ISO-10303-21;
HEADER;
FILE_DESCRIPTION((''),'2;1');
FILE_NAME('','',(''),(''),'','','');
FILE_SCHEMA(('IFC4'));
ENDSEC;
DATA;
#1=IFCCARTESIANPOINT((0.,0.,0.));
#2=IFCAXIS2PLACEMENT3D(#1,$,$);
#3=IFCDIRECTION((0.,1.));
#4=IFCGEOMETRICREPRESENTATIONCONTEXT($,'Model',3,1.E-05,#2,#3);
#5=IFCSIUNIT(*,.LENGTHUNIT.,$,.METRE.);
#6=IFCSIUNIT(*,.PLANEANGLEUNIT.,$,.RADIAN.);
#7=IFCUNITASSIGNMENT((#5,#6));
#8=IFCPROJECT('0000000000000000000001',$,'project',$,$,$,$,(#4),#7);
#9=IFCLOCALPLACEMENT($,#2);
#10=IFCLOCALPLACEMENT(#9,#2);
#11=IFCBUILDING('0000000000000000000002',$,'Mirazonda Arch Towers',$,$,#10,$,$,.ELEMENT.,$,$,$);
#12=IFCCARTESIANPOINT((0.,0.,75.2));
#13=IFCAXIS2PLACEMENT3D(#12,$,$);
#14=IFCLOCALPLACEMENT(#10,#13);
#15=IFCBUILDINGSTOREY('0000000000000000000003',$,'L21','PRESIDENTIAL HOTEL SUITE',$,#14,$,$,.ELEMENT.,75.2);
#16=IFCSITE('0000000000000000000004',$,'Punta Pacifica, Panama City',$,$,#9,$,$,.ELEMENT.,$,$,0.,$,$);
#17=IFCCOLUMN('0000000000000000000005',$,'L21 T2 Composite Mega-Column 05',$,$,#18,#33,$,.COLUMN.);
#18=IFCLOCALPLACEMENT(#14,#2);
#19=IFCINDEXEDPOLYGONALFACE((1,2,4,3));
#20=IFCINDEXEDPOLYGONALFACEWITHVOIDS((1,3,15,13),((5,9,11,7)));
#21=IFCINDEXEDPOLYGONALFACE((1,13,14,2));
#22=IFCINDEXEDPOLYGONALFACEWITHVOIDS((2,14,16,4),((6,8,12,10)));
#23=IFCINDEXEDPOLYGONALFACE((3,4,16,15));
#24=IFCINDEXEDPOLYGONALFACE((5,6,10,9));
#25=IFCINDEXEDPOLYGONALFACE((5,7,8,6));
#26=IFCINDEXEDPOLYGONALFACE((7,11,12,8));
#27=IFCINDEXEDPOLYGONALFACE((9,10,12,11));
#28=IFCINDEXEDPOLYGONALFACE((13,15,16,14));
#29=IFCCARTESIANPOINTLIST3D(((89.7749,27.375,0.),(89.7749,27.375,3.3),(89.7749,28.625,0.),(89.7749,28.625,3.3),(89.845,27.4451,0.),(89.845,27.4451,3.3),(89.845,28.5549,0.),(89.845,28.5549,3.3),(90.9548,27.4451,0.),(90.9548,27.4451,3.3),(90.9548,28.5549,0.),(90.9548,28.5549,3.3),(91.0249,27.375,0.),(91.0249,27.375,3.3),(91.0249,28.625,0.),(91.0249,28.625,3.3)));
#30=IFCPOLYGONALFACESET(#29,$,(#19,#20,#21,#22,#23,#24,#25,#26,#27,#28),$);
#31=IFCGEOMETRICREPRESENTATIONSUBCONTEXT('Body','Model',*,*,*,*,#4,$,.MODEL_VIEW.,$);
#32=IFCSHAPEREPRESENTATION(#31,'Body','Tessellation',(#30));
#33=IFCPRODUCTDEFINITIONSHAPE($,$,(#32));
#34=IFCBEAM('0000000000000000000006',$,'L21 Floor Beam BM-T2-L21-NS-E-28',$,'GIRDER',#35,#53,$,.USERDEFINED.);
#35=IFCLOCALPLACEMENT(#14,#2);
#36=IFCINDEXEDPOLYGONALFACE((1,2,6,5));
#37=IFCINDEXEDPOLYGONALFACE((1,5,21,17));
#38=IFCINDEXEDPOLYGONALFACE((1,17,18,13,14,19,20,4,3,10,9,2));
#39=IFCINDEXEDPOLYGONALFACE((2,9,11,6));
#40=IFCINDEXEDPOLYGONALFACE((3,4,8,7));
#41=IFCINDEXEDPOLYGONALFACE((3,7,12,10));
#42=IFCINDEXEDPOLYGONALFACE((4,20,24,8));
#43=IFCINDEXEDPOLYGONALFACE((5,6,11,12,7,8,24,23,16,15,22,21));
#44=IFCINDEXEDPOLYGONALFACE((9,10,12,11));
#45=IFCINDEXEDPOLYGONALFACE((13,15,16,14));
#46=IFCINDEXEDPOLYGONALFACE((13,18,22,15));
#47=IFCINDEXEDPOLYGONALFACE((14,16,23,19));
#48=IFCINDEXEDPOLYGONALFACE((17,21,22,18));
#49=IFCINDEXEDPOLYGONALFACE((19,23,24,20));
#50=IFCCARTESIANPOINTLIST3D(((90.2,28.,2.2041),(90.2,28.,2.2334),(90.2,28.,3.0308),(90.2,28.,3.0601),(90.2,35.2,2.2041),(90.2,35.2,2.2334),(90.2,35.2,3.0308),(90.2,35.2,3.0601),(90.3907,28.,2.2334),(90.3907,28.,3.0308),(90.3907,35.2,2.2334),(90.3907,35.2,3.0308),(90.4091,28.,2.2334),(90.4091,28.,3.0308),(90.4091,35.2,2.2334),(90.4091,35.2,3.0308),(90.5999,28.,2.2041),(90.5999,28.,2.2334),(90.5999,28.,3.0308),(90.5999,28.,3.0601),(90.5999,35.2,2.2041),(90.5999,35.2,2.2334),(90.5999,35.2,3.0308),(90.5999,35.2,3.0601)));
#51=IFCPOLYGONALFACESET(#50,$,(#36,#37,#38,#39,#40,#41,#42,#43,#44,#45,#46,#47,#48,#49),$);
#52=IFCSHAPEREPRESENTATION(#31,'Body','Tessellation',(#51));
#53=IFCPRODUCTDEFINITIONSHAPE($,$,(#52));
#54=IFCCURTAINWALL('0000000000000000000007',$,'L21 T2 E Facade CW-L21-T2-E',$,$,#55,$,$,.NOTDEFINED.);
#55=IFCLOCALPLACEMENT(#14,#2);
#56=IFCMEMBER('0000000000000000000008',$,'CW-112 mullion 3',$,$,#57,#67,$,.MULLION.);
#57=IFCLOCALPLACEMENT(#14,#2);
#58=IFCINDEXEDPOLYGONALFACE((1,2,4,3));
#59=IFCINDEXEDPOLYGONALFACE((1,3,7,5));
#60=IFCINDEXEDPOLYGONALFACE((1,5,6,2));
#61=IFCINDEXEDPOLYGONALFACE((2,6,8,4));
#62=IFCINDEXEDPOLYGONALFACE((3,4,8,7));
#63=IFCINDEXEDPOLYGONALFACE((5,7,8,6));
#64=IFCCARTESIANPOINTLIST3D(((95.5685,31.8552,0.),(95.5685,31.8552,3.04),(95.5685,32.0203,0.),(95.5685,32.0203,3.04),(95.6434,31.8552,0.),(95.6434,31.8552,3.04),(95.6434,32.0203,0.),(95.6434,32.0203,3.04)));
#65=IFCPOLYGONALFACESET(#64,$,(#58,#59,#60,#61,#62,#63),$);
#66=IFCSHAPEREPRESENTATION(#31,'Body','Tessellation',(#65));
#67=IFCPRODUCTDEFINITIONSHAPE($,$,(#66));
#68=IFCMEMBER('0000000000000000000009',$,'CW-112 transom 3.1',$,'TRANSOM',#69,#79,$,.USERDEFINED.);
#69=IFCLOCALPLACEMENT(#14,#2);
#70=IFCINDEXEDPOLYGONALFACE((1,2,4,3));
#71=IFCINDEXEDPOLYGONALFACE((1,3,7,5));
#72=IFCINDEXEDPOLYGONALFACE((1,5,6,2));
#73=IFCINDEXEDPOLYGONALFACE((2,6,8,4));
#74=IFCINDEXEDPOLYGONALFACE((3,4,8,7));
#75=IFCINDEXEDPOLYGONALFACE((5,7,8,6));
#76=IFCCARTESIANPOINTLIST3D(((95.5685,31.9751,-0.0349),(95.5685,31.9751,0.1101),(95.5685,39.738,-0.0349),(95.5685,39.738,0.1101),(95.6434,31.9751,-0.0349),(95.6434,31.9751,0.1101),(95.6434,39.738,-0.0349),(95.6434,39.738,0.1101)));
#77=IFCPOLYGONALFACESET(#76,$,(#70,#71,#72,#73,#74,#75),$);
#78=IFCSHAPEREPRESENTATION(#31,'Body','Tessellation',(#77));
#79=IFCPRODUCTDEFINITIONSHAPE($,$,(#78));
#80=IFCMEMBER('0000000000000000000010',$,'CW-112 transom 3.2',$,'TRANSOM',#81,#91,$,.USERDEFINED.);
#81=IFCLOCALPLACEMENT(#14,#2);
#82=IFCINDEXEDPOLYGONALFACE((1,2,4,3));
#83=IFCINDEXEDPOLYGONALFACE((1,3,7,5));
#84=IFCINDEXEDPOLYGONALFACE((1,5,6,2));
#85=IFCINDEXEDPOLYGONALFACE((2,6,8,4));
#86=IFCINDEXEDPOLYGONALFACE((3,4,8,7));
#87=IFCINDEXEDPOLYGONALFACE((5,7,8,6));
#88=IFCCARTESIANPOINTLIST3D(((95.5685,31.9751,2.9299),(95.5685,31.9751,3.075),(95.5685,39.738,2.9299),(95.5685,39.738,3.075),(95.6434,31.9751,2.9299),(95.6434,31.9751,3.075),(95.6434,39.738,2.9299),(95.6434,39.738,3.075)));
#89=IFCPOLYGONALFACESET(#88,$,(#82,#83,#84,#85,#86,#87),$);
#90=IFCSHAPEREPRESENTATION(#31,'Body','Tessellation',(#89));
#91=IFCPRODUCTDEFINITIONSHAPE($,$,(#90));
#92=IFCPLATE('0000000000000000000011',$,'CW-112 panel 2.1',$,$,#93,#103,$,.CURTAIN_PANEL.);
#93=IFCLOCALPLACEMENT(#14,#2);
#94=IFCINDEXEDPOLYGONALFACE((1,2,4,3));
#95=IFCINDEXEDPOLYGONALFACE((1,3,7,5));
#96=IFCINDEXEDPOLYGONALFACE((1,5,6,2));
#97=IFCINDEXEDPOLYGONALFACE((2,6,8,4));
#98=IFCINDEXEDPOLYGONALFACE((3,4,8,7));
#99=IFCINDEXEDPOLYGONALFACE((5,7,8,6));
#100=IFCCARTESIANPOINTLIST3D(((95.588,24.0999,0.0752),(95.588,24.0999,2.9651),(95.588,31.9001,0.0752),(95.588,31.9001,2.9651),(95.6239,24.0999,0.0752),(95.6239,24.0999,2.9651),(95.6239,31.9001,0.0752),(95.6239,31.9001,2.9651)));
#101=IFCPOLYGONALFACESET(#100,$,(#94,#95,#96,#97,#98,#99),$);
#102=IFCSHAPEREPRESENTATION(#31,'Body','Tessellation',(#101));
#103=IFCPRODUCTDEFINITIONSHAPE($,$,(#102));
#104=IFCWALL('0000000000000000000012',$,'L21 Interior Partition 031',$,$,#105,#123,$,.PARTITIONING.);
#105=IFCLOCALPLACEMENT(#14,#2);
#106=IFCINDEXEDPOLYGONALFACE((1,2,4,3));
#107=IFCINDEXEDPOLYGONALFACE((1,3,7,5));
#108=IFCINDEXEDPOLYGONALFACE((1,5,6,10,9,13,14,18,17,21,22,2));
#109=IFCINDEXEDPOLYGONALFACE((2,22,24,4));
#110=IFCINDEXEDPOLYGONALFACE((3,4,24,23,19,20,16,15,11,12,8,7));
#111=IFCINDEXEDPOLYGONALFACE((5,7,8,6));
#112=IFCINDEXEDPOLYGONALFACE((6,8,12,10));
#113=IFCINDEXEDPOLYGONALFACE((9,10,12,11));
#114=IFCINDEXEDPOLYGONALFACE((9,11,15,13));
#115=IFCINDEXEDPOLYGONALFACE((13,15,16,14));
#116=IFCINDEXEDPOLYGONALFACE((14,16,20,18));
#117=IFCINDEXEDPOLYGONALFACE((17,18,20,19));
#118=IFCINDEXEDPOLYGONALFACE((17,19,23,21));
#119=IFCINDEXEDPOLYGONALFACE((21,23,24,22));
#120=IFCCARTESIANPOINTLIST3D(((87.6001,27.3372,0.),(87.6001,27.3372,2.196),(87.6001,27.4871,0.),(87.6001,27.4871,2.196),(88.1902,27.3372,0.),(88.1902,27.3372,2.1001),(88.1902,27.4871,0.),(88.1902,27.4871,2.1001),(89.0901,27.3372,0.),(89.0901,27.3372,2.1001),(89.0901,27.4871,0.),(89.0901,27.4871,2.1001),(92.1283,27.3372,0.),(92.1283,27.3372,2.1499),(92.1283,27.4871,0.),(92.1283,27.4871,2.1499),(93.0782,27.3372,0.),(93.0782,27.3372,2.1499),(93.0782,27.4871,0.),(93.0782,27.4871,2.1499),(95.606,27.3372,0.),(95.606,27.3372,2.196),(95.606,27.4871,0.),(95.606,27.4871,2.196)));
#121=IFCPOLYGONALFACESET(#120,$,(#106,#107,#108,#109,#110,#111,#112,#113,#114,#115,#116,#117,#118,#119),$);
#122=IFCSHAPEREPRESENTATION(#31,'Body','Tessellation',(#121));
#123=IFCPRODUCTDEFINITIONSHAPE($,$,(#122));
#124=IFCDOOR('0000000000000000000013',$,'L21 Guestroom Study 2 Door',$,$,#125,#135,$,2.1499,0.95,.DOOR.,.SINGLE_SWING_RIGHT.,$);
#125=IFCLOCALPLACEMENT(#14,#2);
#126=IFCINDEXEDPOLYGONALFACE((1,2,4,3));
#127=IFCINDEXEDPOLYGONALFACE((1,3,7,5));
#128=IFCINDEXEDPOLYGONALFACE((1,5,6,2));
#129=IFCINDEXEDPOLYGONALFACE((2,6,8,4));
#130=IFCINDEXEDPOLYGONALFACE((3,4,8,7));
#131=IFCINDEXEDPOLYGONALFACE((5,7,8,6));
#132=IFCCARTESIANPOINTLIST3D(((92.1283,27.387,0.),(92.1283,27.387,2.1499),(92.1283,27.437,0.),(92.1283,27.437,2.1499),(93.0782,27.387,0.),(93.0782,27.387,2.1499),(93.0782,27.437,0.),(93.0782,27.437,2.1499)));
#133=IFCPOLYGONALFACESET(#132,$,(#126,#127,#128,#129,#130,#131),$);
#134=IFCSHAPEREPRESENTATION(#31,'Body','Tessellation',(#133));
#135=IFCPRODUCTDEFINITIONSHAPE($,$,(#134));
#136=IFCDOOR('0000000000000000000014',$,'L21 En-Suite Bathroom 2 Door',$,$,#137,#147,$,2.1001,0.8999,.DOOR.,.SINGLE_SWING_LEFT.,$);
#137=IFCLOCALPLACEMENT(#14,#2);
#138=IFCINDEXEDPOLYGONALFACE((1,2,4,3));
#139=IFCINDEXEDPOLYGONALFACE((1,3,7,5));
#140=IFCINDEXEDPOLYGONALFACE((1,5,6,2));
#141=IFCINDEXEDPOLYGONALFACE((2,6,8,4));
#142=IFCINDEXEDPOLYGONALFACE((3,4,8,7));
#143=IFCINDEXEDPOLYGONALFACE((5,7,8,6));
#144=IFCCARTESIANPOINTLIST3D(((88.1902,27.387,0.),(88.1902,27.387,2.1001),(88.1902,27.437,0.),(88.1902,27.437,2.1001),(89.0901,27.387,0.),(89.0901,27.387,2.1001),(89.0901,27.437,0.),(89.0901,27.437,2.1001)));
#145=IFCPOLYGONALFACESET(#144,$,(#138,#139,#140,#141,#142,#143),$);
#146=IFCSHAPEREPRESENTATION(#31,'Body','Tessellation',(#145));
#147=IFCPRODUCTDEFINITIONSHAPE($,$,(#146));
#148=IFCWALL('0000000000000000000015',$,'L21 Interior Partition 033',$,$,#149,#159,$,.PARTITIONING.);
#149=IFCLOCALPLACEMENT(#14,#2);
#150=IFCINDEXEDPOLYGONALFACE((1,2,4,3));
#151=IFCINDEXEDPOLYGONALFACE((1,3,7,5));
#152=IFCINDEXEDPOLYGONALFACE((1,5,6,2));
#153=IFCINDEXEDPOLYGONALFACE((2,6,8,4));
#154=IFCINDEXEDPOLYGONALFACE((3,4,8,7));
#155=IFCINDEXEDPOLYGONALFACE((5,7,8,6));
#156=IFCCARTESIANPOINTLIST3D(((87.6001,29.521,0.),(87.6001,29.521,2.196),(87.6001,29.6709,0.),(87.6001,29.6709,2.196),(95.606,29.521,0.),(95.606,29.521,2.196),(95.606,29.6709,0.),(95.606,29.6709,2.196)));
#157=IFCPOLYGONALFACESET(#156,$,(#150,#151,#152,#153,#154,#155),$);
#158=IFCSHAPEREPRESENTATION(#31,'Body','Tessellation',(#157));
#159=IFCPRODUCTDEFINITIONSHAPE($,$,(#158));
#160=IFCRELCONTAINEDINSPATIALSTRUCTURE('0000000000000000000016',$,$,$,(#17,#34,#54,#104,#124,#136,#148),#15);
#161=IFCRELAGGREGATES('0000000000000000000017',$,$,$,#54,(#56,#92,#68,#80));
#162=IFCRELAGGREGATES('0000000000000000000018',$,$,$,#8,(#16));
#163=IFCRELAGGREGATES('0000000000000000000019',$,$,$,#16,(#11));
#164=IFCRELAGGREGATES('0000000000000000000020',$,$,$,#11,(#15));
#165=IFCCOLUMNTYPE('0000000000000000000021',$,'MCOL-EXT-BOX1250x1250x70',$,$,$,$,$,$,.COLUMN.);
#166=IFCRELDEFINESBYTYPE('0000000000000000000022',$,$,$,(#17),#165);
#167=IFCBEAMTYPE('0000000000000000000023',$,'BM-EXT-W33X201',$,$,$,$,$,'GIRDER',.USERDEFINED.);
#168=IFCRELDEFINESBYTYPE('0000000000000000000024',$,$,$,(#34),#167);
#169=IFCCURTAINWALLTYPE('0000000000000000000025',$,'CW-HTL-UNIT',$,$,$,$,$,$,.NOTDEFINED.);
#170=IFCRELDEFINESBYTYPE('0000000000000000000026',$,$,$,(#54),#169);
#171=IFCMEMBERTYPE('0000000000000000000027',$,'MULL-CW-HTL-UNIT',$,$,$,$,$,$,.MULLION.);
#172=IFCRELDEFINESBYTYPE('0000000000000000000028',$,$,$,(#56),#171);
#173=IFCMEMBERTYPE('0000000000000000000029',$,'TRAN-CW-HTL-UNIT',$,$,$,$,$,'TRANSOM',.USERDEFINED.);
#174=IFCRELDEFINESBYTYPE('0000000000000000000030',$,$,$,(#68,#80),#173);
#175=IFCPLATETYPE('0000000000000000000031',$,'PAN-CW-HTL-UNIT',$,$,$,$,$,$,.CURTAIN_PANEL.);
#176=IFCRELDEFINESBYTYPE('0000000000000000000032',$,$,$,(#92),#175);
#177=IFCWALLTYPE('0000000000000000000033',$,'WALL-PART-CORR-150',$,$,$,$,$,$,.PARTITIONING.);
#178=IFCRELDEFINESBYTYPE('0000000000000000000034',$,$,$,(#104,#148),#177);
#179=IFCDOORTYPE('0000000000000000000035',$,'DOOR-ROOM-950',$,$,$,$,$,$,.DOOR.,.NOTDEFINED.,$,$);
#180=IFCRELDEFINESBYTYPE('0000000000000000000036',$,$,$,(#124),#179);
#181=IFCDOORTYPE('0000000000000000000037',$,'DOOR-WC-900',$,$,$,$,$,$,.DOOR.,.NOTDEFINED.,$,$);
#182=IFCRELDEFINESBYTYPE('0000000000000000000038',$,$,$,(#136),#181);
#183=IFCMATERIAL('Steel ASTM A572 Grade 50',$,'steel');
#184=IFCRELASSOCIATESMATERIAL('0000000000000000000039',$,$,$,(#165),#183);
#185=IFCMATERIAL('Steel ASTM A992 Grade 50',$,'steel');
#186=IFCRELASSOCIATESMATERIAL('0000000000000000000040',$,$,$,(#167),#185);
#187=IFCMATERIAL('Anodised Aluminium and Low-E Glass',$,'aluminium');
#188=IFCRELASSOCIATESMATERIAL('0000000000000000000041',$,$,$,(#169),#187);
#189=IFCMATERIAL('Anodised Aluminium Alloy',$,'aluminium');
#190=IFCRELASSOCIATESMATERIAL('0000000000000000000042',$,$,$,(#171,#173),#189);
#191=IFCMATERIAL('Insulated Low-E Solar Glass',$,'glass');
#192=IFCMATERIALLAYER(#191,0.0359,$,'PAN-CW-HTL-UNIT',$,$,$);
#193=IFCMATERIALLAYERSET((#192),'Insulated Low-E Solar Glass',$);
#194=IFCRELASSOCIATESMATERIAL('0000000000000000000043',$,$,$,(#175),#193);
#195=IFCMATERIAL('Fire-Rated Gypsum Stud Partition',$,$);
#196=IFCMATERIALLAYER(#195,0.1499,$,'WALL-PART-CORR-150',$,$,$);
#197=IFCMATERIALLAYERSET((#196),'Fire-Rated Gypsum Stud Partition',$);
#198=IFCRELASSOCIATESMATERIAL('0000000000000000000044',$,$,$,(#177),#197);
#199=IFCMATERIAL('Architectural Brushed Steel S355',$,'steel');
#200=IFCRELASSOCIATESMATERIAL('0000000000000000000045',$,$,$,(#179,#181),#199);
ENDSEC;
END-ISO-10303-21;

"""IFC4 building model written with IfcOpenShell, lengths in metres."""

from ifc_helpers import new_model, si_unit, direction, frame, frame_2d, origin, origin_2d, place, context, subcontext, project, spatial, rectangle, hollow_rectangle, i_section, extrude, material, layer, layer_set, material_profile, profile_set, type_object, element, fill, aggregate, save


model = new_model("IFC4")

# Units and contexts
model_context = context("Model", 3, precision=1e-05, world=origin(), true_north=direction((0.0, 1.0)))
body_context = subcontext(model_context, "Body", "Model", "MODEL_VIEW")
ifc_project = project(units=[si_unit("LENGTHUNIT", "METRE"), si_unit("PLANEANGLEUNIT", "RADIAN")], contexts=[model_context])

# Site, building, storey
site_placement = place(None, origin())
site = spatial("IfcSite", under=ifc_project, at=site_placement, Name="Punta Pacifica, Panama City", CompositionType="ELEMENT", RefElevation=0.0)
building_placement = place(site_placement, origin())
building = spatial("IfcBuilding", under=site, at=building_placement, Name="Mirazonda Arch Towers", CompositionType="ELEMENT")
storey_placement = place(building_placement, frame((0.0, 0.0, 75.2)))
storey = spatial("IfcBuildingStorey", under=building, at=storey_placement, Name="L21", Description="PRESIDENTIAL HOTEL SUITE", CompositionType="ELEMENT", Elevation=75.2)

# Column
ifc_material_1 = material(Name="Steel ASTM A572 Grade 50", Category="steel")
ifc_material_profile_1 = material_profile(ifc_material_1, hollow_rectangle(XDim=1.25, YDim=1.25, WallThickness=0.0701, at=origin_2d()), Name="BOX1250x1250x70")
ifc_profile_set_1 = profile_set([ifc_material_profile_1], Name="Steel ASTM A572 Grade 50")
column_type = type_object("IfcColumnType", Name="MCOL-EXT-BOX1250x1250x70", PredefinedType="COLUMN", material=ifc_profile_set_1)
column_placement = place(storey_placement, frame((90.3999, 28.0, 0.0), z_axis=(0.0, 0.0, 1.0), x_axis=(1.0, 0.0, 0.0)))
element("IfcColumn", 1, at=column_placement, inside=storey, type_object=column_type, Name="L21 T2 Composite Mega-Column 05", PredefinedType="COLUMN", context=body_context, shape_type="SweptSolid", body=[
    extrude(hollow_rectangle(XDim=1.25, YDim=1.25, WallThickness=0.0701, at=origin_2d()), origin(), (0.0, 0.0, 1.0), 3.3),
])

# Beam
ifc_material_2 = material(Name="Steel ASTM A992 Grade 50", Category="steel")
ifc_material_profile_2 = material_profile(ifc_material_2, i_section(OverallWidth=0.3999, OverallDepth=0.856, WebThickness=0.0183, FlangeThickness=0.0293, at=origin_2d()), Name="W33X201")
ifc_profile_set_2 = profile_set([ifc_material_profile_2], Name="Steel ASTM A992 Grade 50")
beam_type = type_object("IfcBeamType", Name="BM-EXT-W33X201", ElementType="GIRDER", PredefinedType="USERDEFINED", material=ifc_profile_set_2)
beam_placement = place(storey_placement, frame((90.3999, 28.0, 2.6321), z_axis=(0.0, 1.0, 0.0), x_axis=(-1.0, 0.0, 0.0)))
element("IfcBeam", 2, at=beam_placement, inside=storey, type_object=beam_type, Name="L21 Floor Beam BM-T2-L21-NS-E-28", ObjectType="GIRDER", PredefinedType="USERDEFINED", context=body_context, shape_type="SweptSolid", body=[
    extrude(i_section(OverallWidth=0.3999, OverallDepth=0.856, WebThickness=0.0183, FlangeThickness=0.0293, at=origin_2d()), origin(), (0.0, 0.0, 1.0), 7.2),
])

# Curtain wall, members, plate
ifc_material_3 = material(Name="Anodised Aluminium and Low-E Glass", Category="aluminium")
curtain_wall_type = type_object("IfcCurtainWallType", Name="CW-HTL-UNIT", PredefinedType="NOTDEFINED", material=ifc_material_3)
curtain_wall_placement = place(storey_placement, origin())
curtain_wall = element("IfcCurtainWall", 3, at=curtain_wall_placement, inside=storey, type_object=curtain_wall_type, Name="L21 T2 E Facade CW-L21-T2-E", PredefinedType="NOTDEFINED")
ifc_material_4 = material(Name="Anodised Aluminium Alloy", Category="aluminium")
ifc_material_profile_3 = material_profile(ifc_material_4, rectangle(XDim=0.075, YDim=0.165, at=origin_2d()), Name="ALU-MULL-75x165")
ifc_profile_set_3 = profile_set([ifc_material_profile_3], Name="Anodised Aluminium Alloy")
member_type_1 = type_object("IfcMemberType", Name="MULL-CW-HTL-UNIT", PredefinedType="MULLION", material=ifc_profile_set_3)
member_1_placement = place(storey_placement, frame((95.606, 31.9377, 0.0), z_axis=(0.0, 0.0, 1.0), x_axis=(-1.0, 0.0, 0.0)))
member_1 = element("IfcMember", 4, at=member_1_placement, type_object=member_type_1, Name="CW-112 mullion 3", PredefinedType="MULLION", context=body_context, shape_type="SweptSolid", body=[
    extrude(rectangle(XDim=0.075, YDim=0.165, at=origin_2d()), origin(), (0.0, 0.0, 1.0), 3.04),
])
ifc_material_profile_4 = material_profile(ifc_material_4, rectangle(XDim=0.075, YDim=0.145, at=origin_2d()), Name="ALU-TRAN-75x145")
ifc_profile_set_4 = profile_set([ifc_material_profile_4], Name="Anodised Aluminium Alloy")
member_type_2 = type_object("IfcMemberType", Name="TRAN-CW-HTL-UNIT", ElementType="TRANSOM", PredefinedType="USERDEFINED", material=ifc_profile_set_4)
member_2_placement = place(storey_placement, frame((95.606, 31.9751, 0.0376), z_axis=(0.0, 1.0, 0.0), x_axis=(-1.0, 0.0, 0.0)))
member_2 = element("IfcMember", 5, at=member_2_placement, type_object=member_type_2, Name="CW-112 transom 3.1", ObjectType="TRANSOM", PredefinedType="USERDEFINED", context=body_context, shape_type="SweptSolid", body=[
    extrude(rectangle(XDim=0.075, YDim=0.145, at=origin_2d()), origin(), (0.0, 0.0, 1.0), 7.7629),
])
member_3_placement = place(storey_placement, frame((95.606, 31.9751, 3.0024), z_axis=(0.0, 1.0, 0.0), x_axis=(-1.0, 0.0, 0.0)))
member_3 = element("IfcMember", 6, at=member_3_placement, type_object=member_type_2, Name="CW-112 transom 3.2", ObjectType="TRANSOM", PredefinedType="USERDEFINED", context=body_context, shape_type="SweptSolid", body=[
    extrude(rectangle(XDim=0.075, YDim=0.145, at=origin_2d()), origin(), (0.0, 0.0, 1.0), 7.7629),
])
ifc_material_5 = material(Name="Insulated Low-E Solar Glass", Category="glass")
ifc_layer_1 = layer(ifc_material_5, 0.0359, Name="PAN-CW-HTL-UNIT")
ifc_layer_set_1 = layer_set([ifc_layer_1], Name="Insulated Low-E Solar Glass")
plate_type = type_object("IfcPlateType", Name="PAN-CW-HTL-UNIT", PredefinedType="CURTAIN_PANEL", material=ifc_layer_set_1)
plate_placement = place(storey_placement, frame((95.606, 28.0, 0.0752), z_axis=(0.0, 0.0, 1.0), x_axis=(0.0, 1.0, 0.0)))
plate = element("IfcPlate", 7, at=plate_placement, type_object=plate_type, Name="CW-112 panel 2.1", PredefinedType="CURTAIN_PANEL", context=body_context, shape_type="SweptSolid", body=[
    extrude(rectangle(XDim=7.8003, YDim=0.0359, at=origin_2d()), origin(), (0.0, 0.0, 1.0), 2.8899),
])
aggregate(curtain_wall, [member_1, plate, member_2, member_3])

# Wall, openings, doors
ifc_material_6 = material(Name="Fire-Rated Gypsum Stud Partition")
ifc_layer_2 = layer(ifc_material_6, 0.1499, Name="WALL-PART-CORR-150")
ifc_layer_set_2 = layer_set([ifc_layer_2], Name="Fire-Rated Gypsum Stud Partition")
wall_type_1 = type_object("IfcWallType", Name="WALL-PART-CORR-150", PredefinedType="PARTITIONING", material=ifc_layer_set_2)
wall_1_placement = place(storey_placement, frame((87.6001, 27.4121, 0.0), z_axis=(0.0, 0.0, 1.0), x_axis=(1.0, 0.0, 0.0)))
wall_1 = element("IfcWall", 8, at=wall_1_placement, inside=storey, type_object=wall_type_1, Name="L21 Interior Partition 031", PredefinedType="PARTITIONING", context=body_context, shape_type="SweptSolid", body=[
    extrude(rectangle(XDim=8.0059, YDim=0.1499, at=frame_2d((4.0029, 0.0))), origin(), (0.0, 0.0, 1.0), 2.196),
])
opening_1_placement = place(wall_1_placement, frame((4.5281, 0.0, 0.0)))
opening_1 = element("IfcOpeningElement", 9, at=opening_1_placement, cuts=wall_1, PredefinedType="OPENING", context=body_context, shape_type="SweptSolid", body=[
    extrude(rectangle(XDim=0.95, YDim=2.1499, at=frame_2d((0.4751, 1.075))), frame((0.0, 0.085, 0.0), z_axis=(0.0, -1.0, 0.0), x_axis=(1.0, 0.0, 0.0)), (0.0, 0.0, 1.0), 0.1699),
])
opening_2_placement = place(wall_1_placement, frame((0.5901, 0.0, 0.0)))
opening_2 = element("IfcOpeningElement", 10, at=opening_2_placement, cuts=wall_1, PredefinedType="OPENING", context=body_context, shape_type="SweptSolid", body=[
    extrude(rectangle(XDim=0.8999, YDim=2.1001, at=frame_2d((0.45, 1.05))), frame((0.0, 0.085, 0.0), z_axis=(0.0, -1.0, 0.0), x_axis=(1.0, 0.0, 0.0)), (0.0, 0.0, 1.0), 0.1699),
])
ifc_material_7 = material(Name="Architectural Brushed Steel S355", Category="steel")
door_type_1 = type_object("IfcDoorType", Name="DOOR-ROOM-950", OperationType="NOTDEFINED", PredefinedType="DOOR", material=ifc_material_7)
door_1_placement = place(opening_1_placement, origin())
door_1 = element("IfcDoor", 11, at=door_1_placement, inside=storey, type_object=door_type_1, Name="L21 Guestroom Study 2 Door", OperationType="SINGLE_SWING_RIGHT", OverallHeight=2.1499, OverallWidth=0.95, PredefinedType="DOOR", context=body_context, shape_type="SweptSolid", body=[
    extrude(rectangle(XDim=0.95, YDim=2.1499, at=frame_2d((0.4751, 1.075))), frame((0.0, 0.0249, 0.0), z_axis=(0.0, -1.0, 0.0), x_axis=(1.0, 0.0, 0.0)), (0.0, 0.0, 1.0), 0.05),
])
fill(opening_1, door_1)
door_type_2 = type_object("IfcDoorType", Name="DOOR-WC-900", OperationType="NOTDEFINED", PredefinedType="DOOR", material=ifc_material_7)
door_2_placement = place(opening_2_placement, origin())
door_2 = element("IfcDoor", 12, at=door_2_placement, inside=storey, type_object=door_type_2, Name="L21 En-Suite Bathroom 2 Door", OperationType="SINGLE_SWING_LEFT", OverallHeight=2.1001, OverallWidth=0.8999, PredefinedType="DOOR", context=body_context, shape_type="SweptSolid", body=[
    extrude(rectangle(XDim=0.8999, YDim=2.1001, at=frame_2d((0.45, 1.05))), frame((0.0, 0.0249, 0.0), z_axis=(0.0, -1.0, 0.0), x_axis=(1.0, 0.0, 0.0)), (0.0, 0.0, 1.0), 0.05),
])
fill(opening_2, door_2)

# Wall
wall_2_placement = place(storey_placement, frame((87.6001, 29.5959, 0.0), z_axis=(0.0, 0.0, 1.0), x_axis=(1.0, 0.0, 0.0)))
element("IfcWall", 13, at=wall_2_placement, inside=storey, type_object=wall_type_1, Name="L21 Interior Partition 033", PredefinedType="PARTITIONING", context=body_context, shape_type="SweptSolid", body=[
    extrude(rectangle(XDim=8.0059, YDim=0.1499, at=frame_2d((4.0029, 0.0))), origin(), (0.0, 0.0, 1.0), 2.196),
])

save(model, "model.ifc")
